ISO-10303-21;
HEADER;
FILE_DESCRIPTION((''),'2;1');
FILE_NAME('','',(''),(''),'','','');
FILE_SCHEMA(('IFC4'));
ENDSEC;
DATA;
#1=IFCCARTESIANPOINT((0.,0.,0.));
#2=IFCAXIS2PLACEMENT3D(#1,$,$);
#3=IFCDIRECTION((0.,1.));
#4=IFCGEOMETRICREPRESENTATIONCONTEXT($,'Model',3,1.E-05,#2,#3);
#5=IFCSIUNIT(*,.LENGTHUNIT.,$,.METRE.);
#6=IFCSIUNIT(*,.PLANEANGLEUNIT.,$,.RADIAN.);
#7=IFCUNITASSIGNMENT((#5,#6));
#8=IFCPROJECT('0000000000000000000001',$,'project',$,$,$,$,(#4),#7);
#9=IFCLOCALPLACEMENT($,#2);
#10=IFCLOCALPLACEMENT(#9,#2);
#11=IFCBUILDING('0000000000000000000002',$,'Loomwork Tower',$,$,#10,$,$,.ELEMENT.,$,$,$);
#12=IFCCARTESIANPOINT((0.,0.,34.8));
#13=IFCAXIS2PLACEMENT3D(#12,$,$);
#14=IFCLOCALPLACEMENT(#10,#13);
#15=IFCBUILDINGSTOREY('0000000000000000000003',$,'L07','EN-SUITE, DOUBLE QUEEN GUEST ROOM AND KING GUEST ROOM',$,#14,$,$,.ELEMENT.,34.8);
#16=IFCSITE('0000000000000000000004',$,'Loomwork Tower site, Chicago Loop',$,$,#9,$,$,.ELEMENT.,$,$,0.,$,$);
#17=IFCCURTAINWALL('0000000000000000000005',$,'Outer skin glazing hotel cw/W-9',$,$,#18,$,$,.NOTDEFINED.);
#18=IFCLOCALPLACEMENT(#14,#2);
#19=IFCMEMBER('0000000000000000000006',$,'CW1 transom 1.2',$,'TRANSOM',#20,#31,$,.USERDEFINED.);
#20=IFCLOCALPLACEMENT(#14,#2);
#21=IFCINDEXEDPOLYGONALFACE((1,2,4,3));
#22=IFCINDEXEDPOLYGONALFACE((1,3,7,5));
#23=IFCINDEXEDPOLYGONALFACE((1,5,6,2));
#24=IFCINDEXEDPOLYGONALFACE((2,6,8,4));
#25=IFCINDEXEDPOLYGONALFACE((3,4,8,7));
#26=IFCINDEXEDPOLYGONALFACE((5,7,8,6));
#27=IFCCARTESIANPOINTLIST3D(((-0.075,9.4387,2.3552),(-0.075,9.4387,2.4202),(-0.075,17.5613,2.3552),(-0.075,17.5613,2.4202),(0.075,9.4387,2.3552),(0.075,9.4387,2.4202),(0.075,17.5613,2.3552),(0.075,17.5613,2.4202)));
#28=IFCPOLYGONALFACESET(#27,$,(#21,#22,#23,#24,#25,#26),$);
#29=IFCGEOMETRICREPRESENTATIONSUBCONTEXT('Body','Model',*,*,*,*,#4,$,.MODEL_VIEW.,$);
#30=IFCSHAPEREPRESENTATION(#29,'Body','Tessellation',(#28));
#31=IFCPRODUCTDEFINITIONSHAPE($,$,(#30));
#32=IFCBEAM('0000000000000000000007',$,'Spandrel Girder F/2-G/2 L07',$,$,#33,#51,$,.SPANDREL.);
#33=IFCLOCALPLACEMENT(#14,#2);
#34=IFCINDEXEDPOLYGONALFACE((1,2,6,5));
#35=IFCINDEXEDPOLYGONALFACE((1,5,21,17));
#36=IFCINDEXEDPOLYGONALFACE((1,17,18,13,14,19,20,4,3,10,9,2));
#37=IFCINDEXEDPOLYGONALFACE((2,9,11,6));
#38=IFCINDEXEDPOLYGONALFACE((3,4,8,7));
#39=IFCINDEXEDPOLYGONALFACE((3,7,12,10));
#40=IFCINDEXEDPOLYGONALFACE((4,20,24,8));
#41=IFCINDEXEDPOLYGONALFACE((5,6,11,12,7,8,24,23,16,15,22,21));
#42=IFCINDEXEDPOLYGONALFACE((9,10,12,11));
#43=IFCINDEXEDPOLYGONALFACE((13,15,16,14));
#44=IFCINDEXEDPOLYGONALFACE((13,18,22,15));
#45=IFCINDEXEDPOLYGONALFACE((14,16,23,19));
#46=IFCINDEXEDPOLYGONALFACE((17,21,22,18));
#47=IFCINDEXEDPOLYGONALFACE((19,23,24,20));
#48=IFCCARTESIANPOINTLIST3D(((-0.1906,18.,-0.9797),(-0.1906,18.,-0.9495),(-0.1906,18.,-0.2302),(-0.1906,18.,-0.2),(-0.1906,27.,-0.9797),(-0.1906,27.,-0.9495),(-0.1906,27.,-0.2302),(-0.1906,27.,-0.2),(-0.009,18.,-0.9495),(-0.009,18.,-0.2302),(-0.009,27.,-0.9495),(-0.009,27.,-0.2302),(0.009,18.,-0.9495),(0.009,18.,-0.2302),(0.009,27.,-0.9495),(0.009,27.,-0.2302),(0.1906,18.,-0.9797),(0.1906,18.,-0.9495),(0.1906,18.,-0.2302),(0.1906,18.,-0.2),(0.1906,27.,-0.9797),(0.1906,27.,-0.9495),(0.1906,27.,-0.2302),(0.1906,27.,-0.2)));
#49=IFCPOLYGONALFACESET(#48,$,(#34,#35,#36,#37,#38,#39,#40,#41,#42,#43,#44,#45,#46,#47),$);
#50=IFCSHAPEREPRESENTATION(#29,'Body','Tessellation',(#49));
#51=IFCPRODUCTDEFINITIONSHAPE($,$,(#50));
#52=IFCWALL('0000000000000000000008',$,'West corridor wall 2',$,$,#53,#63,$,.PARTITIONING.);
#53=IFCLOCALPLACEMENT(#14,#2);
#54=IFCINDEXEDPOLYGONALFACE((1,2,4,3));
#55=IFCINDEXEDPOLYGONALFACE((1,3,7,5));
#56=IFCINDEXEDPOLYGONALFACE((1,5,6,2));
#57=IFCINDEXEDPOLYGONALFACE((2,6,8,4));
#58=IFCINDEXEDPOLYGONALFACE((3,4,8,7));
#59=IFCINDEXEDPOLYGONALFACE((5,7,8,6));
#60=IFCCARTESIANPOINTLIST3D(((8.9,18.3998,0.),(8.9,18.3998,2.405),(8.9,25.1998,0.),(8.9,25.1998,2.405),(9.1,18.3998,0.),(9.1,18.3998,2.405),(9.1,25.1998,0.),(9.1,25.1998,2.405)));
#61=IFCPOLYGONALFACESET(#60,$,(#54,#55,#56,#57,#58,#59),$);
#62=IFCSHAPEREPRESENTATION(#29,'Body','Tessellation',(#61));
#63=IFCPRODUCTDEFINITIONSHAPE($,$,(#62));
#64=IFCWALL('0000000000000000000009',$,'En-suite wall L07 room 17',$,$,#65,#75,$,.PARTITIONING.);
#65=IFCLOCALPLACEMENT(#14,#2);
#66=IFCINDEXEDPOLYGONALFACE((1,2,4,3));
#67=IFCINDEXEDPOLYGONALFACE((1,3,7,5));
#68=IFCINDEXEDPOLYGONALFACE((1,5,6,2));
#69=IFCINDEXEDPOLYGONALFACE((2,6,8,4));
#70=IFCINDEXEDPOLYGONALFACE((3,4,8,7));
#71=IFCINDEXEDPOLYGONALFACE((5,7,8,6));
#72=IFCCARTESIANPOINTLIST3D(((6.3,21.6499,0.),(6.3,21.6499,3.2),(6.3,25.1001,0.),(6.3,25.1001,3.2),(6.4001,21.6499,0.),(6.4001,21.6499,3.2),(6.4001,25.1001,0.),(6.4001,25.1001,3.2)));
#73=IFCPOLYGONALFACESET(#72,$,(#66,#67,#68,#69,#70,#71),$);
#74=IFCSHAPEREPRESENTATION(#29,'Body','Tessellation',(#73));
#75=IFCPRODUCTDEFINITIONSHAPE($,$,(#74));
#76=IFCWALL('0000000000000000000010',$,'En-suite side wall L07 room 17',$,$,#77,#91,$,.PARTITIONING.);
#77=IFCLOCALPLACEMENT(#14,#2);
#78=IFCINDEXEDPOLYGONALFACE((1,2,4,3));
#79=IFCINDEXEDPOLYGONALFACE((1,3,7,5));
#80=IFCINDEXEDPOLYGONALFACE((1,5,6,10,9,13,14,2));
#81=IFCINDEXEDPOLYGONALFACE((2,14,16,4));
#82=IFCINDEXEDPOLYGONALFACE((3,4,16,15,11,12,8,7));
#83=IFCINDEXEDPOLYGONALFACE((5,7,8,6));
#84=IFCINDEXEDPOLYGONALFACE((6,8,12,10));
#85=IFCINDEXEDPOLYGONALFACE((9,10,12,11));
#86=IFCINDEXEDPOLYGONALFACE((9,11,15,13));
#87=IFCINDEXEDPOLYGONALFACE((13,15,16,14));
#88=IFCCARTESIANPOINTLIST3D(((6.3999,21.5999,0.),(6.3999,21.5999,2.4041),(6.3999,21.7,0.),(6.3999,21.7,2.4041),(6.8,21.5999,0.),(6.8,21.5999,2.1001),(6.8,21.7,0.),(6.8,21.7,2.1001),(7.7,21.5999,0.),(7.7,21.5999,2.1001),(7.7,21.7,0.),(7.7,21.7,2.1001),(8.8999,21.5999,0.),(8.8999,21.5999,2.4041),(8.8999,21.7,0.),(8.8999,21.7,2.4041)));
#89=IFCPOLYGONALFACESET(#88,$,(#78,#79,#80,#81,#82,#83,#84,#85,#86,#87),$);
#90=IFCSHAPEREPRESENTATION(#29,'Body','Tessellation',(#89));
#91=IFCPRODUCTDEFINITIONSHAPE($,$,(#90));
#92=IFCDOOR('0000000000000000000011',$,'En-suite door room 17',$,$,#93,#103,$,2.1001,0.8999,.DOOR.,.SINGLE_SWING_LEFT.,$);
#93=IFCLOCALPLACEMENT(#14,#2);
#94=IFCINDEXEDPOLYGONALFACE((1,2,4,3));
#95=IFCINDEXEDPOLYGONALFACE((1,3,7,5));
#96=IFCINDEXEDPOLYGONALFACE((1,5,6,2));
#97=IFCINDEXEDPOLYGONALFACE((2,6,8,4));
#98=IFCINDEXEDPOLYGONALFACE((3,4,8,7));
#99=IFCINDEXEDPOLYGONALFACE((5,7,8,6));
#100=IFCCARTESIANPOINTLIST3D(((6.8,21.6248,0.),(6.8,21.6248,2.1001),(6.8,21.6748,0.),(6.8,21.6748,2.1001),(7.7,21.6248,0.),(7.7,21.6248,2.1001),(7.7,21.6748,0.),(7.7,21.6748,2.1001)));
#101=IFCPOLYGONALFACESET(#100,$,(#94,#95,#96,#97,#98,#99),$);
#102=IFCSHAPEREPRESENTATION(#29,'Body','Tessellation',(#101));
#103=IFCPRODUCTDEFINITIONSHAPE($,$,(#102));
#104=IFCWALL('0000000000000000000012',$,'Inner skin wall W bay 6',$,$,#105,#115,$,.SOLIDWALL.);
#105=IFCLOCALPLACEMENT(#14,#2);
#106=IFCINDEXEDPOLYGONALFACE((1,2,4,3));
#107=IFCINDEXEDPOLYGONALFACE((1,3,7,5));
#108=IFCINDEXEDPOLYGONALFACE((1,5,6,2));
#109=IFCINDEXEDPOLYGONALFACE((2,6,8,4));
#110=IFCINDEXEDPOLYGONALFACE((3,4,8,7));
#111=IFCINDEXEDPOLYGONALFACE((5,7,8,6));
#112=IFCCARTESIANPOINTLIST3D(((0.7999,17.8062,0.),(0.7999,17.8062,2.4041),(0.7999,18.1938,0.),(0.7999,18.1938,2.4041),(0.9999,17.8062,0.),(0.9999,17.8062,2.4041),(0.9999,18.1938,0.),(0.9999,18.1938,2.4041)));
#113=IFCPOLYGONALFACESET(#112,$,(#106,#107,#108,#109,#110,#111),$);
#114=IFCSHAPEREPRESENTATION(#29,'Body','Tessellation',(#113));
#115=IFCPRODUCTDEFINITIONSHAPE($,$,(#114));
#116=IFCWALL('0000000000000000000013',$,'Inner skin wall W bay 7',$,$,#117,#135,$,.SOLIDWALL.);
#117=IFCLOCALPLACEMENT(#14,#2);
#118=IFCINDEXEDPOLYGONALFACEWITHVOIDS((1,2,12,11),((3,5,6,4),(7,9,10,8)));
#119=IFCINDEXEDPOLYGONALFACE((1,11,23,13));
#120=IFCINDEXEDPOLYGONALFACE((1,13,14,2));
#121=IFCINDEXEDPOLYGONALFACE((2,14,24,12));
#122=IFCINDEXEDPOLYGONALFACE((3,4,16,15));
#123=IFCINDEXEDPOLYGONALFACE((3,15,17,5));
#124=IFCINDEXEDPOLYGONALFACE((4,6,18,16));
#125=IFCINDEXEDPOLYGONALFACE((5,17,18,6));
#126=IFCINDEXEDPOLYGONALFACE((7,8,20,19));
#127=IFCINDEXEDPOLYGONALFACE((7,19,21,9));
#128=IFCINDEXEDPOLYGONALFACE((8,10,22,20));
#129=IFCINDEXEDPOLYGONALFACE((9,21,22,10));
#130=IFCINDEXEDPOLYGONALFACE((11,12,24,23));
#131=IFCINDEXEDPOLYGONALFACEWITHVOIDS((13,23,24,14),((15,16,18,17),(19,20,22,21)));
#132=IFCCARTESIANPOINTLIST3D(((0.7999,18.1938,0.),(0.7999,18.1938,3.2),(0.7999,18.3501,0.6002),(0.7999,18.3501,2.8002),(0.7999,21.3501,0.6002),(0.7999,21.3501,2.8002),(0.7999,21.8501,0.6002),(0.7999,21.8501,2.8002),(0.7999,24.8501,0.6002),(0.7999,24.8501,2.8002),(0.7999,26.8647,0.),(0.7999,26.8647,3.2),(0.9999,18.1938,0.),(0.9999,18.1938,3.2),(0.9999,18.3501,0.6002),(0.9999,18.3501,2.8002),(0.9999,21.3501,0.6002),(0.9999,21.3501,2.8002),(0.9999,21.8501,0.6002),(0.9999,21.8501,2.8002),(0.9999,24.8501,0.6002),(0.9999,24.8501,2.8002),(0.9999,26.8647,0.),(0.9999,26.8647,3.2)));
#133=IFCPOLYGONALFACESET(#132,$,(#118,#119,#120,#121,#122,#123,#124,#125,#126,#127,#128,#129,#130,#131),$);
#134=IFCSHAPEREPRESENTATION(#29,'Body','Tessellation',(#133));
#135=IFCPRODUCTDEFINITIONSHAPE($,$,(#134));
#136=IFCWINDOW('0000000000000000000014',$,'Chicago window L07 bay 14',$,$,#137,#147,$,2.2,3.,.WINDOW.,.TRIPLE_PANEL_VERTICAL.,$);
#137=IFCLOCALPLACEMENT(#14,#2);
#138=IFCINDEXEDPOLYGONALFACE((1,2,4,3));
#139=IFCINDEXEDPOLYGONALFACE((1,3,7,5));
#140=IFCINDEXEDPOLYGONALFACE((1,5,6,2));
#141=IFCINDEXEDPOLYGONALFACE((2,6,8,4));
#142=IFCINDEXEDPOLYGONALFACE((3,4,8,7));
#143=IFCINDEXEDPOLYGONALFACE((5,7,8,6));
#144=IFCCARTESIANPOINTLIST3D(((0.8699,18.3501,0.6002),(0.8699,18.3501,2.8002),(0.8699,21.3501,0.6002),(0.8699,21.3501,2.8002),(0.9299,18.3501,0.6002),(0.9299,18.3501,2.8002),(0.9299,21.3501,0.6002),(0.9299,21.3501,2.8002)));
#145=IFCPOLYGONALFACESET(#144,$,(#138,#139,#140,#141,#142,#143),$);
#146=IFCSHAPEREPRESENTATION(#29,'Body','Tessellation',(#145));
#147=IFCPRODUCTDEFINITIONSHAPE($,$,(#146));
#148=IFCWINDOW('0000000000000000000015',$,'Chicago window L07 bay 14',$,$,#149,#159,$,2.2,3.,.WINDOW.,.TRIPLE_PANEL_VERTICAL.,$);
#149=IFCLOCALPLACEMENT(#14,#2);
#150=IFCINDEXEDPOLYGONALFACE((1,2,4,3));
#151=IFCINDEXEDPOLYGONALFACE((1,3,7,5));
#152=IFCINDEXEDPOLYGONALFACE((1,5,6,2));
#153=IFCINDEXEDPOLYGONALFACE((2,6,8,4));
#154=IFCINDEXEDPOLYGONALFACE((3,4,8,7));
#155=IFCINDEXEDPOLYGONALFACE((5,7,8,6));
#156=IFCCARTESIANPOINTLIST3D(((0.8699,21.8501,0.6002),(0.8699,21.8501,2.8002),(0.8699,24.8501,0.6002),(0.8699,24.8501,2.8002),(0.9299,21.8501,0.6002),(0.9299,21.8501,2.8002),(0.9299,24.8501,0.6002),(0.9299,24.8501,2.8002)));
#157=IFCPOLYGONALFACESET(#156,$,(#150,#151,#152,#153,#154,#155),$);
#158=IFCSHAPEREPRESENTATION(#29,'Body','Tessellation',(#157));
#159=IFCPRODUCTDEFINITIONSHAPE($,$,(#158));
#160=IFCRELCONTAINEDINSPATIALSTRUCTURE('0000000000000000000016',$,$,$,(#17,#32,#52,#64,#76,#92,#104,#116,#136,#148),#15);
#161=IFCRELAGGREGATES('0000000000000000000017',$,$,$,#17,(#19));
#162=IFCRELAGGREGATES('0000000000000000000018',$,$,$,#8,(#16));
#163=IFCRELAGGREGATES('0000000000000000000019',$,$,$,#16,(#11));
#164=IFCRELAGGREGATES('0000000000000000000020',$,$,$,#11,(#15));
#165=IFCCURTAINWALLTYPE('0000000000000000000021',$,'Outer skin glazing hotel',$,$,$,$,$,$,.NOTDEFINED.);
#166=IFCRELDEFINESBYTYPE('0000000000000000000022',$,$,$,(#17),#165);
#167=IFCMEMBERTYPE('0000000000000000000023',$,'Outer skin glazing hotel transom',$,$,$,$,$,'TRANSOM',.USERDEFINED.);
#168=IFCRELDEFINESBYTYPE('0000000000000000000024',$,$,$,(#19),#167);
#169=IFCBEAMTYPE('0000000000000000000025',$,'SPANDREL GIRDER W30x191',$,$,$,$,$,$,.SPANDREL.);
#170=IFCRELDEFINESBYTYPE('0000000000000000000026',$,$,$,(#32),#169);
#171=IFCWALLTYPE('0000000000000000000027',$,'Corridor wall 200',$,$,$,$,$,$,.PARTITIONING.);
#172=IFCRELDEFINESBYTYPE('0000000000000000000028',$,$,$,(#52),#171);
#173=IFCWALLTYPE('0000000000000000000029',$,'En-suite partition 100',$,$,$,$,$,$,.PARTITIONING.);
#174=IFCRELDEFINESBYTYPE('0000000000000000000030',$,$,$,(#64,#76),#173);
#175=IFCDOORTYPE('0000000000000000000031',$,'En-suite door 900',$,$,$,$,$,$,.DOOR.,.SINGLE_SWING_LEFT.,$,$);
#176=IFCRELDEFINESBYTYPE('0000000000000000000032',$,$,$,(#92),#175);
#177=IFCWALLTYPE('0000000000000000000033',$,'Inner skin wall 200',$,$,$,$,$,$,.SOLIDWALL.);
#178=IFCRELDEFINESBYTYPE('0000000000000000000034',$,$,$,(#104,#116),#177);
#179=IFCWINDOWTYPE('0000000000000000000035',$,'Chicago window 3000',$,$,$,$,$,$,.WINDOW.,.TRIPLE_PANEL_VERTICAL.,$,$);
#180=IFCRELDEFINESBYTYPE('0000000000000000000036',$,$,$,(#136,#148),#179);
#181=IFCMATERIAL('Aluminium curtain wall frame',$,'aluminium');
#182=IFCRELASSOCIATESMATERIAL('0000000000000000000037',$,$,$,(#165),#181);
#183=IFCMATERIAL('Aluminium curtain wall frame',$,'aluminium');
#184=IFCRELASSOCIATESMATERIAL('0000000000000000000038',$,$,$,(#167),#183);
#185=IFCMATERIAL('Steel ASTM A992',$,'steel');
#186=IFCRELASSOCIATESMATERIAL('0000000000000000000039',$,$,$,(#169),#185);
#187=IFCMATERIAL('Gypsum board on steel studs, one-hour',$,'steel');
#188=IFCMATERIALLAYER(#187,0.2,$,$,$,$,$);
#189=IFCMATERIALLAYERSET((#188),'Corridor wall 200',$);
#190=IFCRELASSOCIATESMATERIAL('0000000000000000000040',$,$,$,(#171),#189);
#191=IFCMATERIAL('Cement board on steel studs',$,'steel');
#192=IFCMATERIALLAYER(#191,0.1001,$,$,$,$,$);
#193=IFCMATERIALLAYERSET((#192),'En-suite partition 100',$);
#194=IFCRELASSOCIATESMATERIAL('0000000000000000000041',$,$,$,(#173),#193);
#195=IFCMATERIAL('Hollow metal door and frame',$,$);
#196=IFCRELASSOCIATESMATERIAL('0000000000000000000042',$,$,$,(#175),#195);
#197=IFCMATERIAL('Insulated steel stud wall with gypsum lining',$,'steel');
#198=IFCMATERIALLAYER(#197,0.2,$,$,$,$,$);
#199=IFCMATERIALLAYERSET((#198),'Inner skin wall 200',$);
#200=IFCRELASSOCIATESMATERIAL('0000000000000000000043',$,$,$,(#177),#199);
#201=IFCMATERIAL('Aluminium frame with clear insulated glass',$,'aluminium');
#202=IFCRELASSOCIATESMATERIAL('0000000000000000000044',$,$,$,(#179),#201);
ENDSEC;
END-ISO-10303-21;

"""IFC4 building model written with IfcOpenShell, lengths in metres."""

from ifc_helpers import new_model, si_unit, direction, frame, frame_2d, origin, origin_2d, place, context, subcontext, project, spatial, rectangle, i_section, extrude, material, layer, layer_set, material_profile, profile_set, type_object, element, fill, aggregate, save


model = new_model("IFC4")

# Units and contexts
model_context = context("Model", 3, precision=1e-05, world=origin(), true_north=direction((0.0, 1.0)))
body_context = subcontext(model_context, "Body", "Model", "MODEL_VIEW")
ifc_project = project(units=[si_unit("LENGTHUNIT", "METRE"), si_unit("PLANEANGLEUNIT", "RADIAN")], contexts=[model_context])

# Site, building, storey
site_placement = place(None, origin())
site = spatial("IfcSite", under=ifc_project, at=site_placement, Name="Loomwork Tower site, Chicago Loop", CompositionType="ELEMENT", RefElevation=0.0)
building_placement = place(site_placement, origin())
building = spatial("IfcBuilding", under=site, at=building_placement, Name="Loomwork Tower", CompositionType="ELEMENT")
storey_placement = place(building_placement, frame((0.0, 0.0, 34.8)))
storey = spatial("IfcBuildingStorey", under=building, at=storey_placement, Name="L07", Description="EN-SUITE, DOUBLE QUEEN GUEST ROOM AND KING GUEST ROOM", CompositionType="ELEMENT", Elevation=34.8)

# Curtain wall
ifc_material_1 = material(Name="Aluminium curtain wall frame", Category="aluminium")
curtain_wall_type = type_object("IfcCurtainWallType", Name="Outer skin glazing hotel", PredefinedType="NOTDEFINED", material=ifc_material_1)
curtain_wall_1_placement = place(storey_placement, origin())
curtain_wall_1 = element("IfcCurtainWall", 1, at=curtain_wall_1_placement, inside=storey, type_object=curtain_wall_type, Name="Outer skin glazing hotel cw/W-9", PredefinedType="NOTDEFINED")

# Member
ifc_material_2 = material(Name="Aluminium curtain wall frame", Category="aluminium")
ifc_material_profile_1 = material_profile(ifc_material_2, rectangle(XDim=0.1499, YDim=0.0649, at=origin_2d()), Name="AL 65x150")
ifc_profile_set_1 = profile_set([ifc_material_profile_1], Name="Aluminium curtain wall frame")
member_type_1 = type_object("IfcMemberType", Name="Outer skin glazing hotel transom", ElementType="TRANSOM", PredefinedType="USERDEFINED", material=ifc_profile_set_1)
member_1_placement = place(storey_placement, frame((0.0, 17.5613, 2.3877), z_axis=(0.0, -1.0, 0.0), x_axis=(1.0, 0.0, 0.0)))
member_1 = element("IfcMember", 2, at=member_1_placement, type_object=member_type_1, Name="CW1 transom 1.2", ObjectType="TRANSOM", PredefinedType="USERDEFINED", context=body_context, shape_type="SweptSolid", body=[
    extrude(rectangle(XDim=0.1499, YDim=0.0649, at=origin_2d()), origin(), (0.0, 0.0, 1.0), 8.1226),
])
aggregate(curtain_wall_1, [member_1])

# Beam
ifc_material_3 = material(Name="Steel ASTM A992", Category="steel")
ifc_material_profile_2 = material_profile(ifc_material_3, i_section(OverallWidth=0.3811, OverallDepth=0.7798, WebThickness=0.0181, FlangeThickness=0.0303, at=origin_2d()), Name="W30x191")
ifc_profile_set_2 = profile_set([ifc_material_profile_2], Name="Steel ASTM A992")
beam_type_1 = type_object("IfcBeamType", Name="SPANDREL GIRDER W30x191", PredefinedType="SPANDREL", material=ifc_profile_set_2)
beam_1_placement = place(storey_placement, frame((0.0, 18.0, -0.5898), z_axis=(0.0, 1.0, 0.0), x_axis=(-1.0, 0.0, 0.0)))
element("IfcBeam", 3, at=beam_1_placement, inside=storey, type_object=beam_type_1, Name="Spandrel Girder F/2-G/2 L07", PredefinedType="SPANDREL", context=body_context, shape_type="SweptSolid", body=[
    extrude(i_section(OverallWidth=0.3811, OverallDepth=0.7798, WebThickness=0.0181, FlangeThickness=0.0303, at=origin_2d()), origin(), (0.0, 0.0, 1.0), 9.0),
])

# Walls
ifc_material_4 = material(Name="Gypsum board on steel studs, one-hour", Category="steel")
ifc_layer_1 = layer(ifc_material_4, 0.2)
ifc_layer_set_1 = layer_set([ifc_layer_1], Name="Corridor wall 200")
wall_type_1 = type_object("IfcWallType", Name="Corridor wall 200", PredefinedType="PARTITIONING", material=ifc_layer_set_1)
wall_1_placement = place(storey_placement, frame((9.0, 18.3999, 0.0), z_axis=(0.0, 0.0, 1.0), x_axis=(0.0, 1.0, 0.0)))
element("IfcWall", 4, at=wall_1_placement, inside=storey, type_object=wall_type_1, Name="West corridor wall 2", PredefinedType="PARTITIONING", context=body_context, shape_type="SweptSolid", body=[
    extrude(rectangle(XDim=6.8, YDim=0.2, at=frame_2d((3.3999, 0.0))), origin(), (0.0, 0.0, 1.0), 2.405),
])
ifc_material_5 = material(Name="Cement board on steel studs", Category="steel")
ifc_layer_2 = layer(ifc_material_5, 0.1001)
ifc_layer_set_2 = layer_set([ifc_layer_2], Name="En-suite partition 100")
wall_type_2 = type_object("IfcWallType", Name="En-suite partition 100", PredefinedType="PARTITIONING", material=ifc_layer_set_2)
wall_2_placement = place(storey_placement, frame((6.3501, 21.6499, 0.0), z_axis=(0.0, 0.0, 1.0), x_axis=(0.0, 1.0, 0.0)))
element("IfcWall", 5, at=wall_2_placement, inside=storey, type_object=wall_type_2, Name="En-suite wall L07 room 17", PredefinedType="PARTITIONING", context=body_context, shape_type="SweptSolid", body=[
    extrude(rectangle(XDim=3.4502, YDim=0.1001, at=frame_2d((1.7251, 0.0))), origin(), (0.0, 0.0, 1.0), 3.2),
])

# Wall, opening, door
wall_3_placement = place(storey_placement, frame((8.8999, 21.6499, 0.0), z_axis=(0.0, 0.0, 1.0), x_axis=(-1.0, 0.0, 0.0)))
wall_3 = element("IfcWall", 6, at=wall_3_placement, inside=storey, type_object=wall_type_2, Name="En-suite side wall L07 room 17", PredefinedType="PARTITIONING", context=body_context, shape_type="SweptSolid", body=[
    extrude(rectangle(XDim=2.5, YDim=0.1001, at=frame_2d((1.25, 0.0))), origin(), (0.0, 0.0, 1.0), 2.4041),
])
opening_1_placement = place(wall_3_placement, frame((1.2, 0.0, 0.0)))
opening_1 = element("IfcOpeningElement", 7, at=opening_1_placement, cuts=wall_3, PredefinedType="OPENING", context=body_context, shape_type="SweptSolid", body=[
    extrude(rectangle(XDim=0.8999, YDim=2.1001, at=frame_2d((0.45, 1.05))), frame((0.0, 0.0601, 0.0), z_axis=(0.0, -1.0, 0.0), x_axis=(1.0, 0.0, 0.0)), (0.0, 0.0, 1.0), 0.1201),
])
ifc_material_6 = material(Name="Hollow metal door and frame")
door_type = type_object("IfcDoorType", Name="En-suite door 900", OperationType="SINGLE_SWING_LEFT", PredefinedType="DOOR", material=ifc_material_6)
door_placement = place(opening_1_placement, frame((0.8999, 0.0, 0.0), z_axis=(0.0, 0.0, 1.0), x_axis=(-1.0, 0.0, 0.0)))
door = element("IfcDoor", 8, at=door_placement, inside=storey, type_object=door_type, Name="En-suite door room 17", OperationType="SINGLE_SWING_LEFT", OverallHeight=2.1001, OverallWidth=0.8999, PredefinedType="DOOR", context=body_context, shape_type="SweptSolid", body=[
    extrude(rectangle(XDim=0.8999, YDim=2.1001, at=frame_2d((0.45, 1.05))), frame((0.0, 0.0249, 0.0), z_axis=(0.0, -1.0, 0.0), x_axis=(1.0, 0.0, 0.0)), (0.0, 0.0, 1.0), 0.05),
])
fill(opening_1, door)

# Wall
ifc_material_7 = material(Name="Insulated steel stud wall with gypsum lining", Category="steel")
ifc_layer_3 = layer(ifc_material_7, 0.2)
ifc_layer_set_3 = layer_set([ifc_layer_3], Name="Inner skin wall 200")
wall_type_3 = type_object("IfcWallType", Name="Inner skin wall 200", PredefinedType="SOLIDWALL", material=ifc_layer_set_3)
wall_4_placement = place(storey_placement, frame((0.8999, 17.8062, 0.0), z_axis=(0.0, 0.0, 1.0), x_axis=(0.0, 1.0, 0.0)))
element("IfcWall", 9, at=wall_4_placement, inside=storey, type_object=wall_type_3, Name="Inner skin wall W bay 6", PredefinedType="SOLIDWALL", context=body_context, shape_type="SweptSolid", body=[
    extrude(rectangle(XDim=0.3877, YDim=0.2, at=frame_2d((0.1938, 0.0))), origin(), (0.0, 0.0, 1.0), 2.4041),
])

# Wall, openings, windows
wall_5_placement = place(storey_placement, frame((0.8999, 18.1938, 0.0), z_axis=(0.0, 0.0, 1.0), x_axis=(0.0, 1.0, 0.0)))
wall_5 = element("IfcWall", 10, at=wall_5_placement, inside=storey, type_object=wall_type_3, Name="Inner skin wall W bay 7", PredefinedType="SOLIDWALL", context=body_context, shape_type="SweptSolid", body=[
    extrude(rectangle(XDim=8.6709, YDim=0.2, at=frame_2d((4.3354, 0.0))), origin(), (0.0, 0.0, 1.0), 3.2),
])
opening_2_placement = place(wall_5_placement, frame((0.1562, 0.0, 0.6001)))
opening_2 = element("IfcOpeningElement", 11, at=opening_2_placement, cuts=wall_5, PredefinedType="OPENING", context=body_context, shape_type="SweptSolid", body=[
    extrude(rectangle(XDim=3.0, YDim=2.2, at=frame_2d((1.5, 1.1001))), frame((0.0, 0.1099, 0.0), z_axis=(0.0, -1.0, 0.0), x_axis=(1.0, 0.0, 0.0)), (0.0, 0.0, 1.0), 0.22),
])
opening_3_placement = place(wall_5_placement, frame((3.6562, 0.0, 0.6001)))
opening_3 = element("IfcOpeningElement", 12, at=opening_3_placement, cuts=wall_5, PredefinedType="OPENING", context=body_context, shape_type="SweptSolid", body=[
    extrude(rectangle(XDim=3.0, YDim=2.2, at=frame_2d((1.5, 1.1001))), frame((0.0, 0.1099, 0.0), z_axis=(0.0, -1.0, 0.0), x_axis=(1.0, 0.0, 0.0)), (0.0, 0.0, 1.0), 0.22),
])
ifc_material_8 = material(Name="Aluminium frame with clear insulated glass", Category="aluminium")
window_type = type_object("IfcWindowType", Name="Chicago window 3000", PartitioningType="TRIPLE_PANEL_VERTICAL", PredefinedType="WINDOW", material=ifc_material_8)
window_1_placement = place(opening_2_placement, origin())
window_1 = element("IfcWindow", 13, at=window_1_placement, inside=storey, type_object=window_type, Name="Chicago window L07 bay 14", OverallHeight=2.2, OverallWidth=3.0, PartitioningType="TRIPLE_PANEL_VERTICAL", PredefinedType="WINDOW", context=body_context, shape_type="SweptSolid", body=[
    extrude(rectangle(XDim=3.0, YDim=2.2, at=frame_2d((1.5, 1.1001))), frame((0.0, 0.03, 0.0), z_axis=(0.0, -1.0, 0.0), x_axis=(1.0, 0.0, 0.0)), (0.0, 0.0, 1.0), 0.0601),
])
fill(opening_2, window_1)
window_2_placement = place(opening_3_placement, origin())
window_2 = element("IfcWindow", 14, at=window_2_placement, inside=storey, type_object=window_type, Name="Chicago window L07 bay 14", OverallHeight=2.2, OverallWidth=3.0, PartitioningType="TRIPLE_PANEL_VERTICAL", PredefinedType="WINDOW", context=body_context, shape_type="SweptSolid", body=[
    extrude(rectangle(XDim=3.0, YDim=2.2, at=frame_2d((1.5, 1.1001))), frame((0.0, 0.03, 0.0), z_axis=(0.0, -1.0, 0.0), x_axis=(1.0, 0.0, 0.0)), (0.0, 0.0, 1.0), 0.0601),
])
fill(opening_3, window_2)

save(model, "model.ifc")
